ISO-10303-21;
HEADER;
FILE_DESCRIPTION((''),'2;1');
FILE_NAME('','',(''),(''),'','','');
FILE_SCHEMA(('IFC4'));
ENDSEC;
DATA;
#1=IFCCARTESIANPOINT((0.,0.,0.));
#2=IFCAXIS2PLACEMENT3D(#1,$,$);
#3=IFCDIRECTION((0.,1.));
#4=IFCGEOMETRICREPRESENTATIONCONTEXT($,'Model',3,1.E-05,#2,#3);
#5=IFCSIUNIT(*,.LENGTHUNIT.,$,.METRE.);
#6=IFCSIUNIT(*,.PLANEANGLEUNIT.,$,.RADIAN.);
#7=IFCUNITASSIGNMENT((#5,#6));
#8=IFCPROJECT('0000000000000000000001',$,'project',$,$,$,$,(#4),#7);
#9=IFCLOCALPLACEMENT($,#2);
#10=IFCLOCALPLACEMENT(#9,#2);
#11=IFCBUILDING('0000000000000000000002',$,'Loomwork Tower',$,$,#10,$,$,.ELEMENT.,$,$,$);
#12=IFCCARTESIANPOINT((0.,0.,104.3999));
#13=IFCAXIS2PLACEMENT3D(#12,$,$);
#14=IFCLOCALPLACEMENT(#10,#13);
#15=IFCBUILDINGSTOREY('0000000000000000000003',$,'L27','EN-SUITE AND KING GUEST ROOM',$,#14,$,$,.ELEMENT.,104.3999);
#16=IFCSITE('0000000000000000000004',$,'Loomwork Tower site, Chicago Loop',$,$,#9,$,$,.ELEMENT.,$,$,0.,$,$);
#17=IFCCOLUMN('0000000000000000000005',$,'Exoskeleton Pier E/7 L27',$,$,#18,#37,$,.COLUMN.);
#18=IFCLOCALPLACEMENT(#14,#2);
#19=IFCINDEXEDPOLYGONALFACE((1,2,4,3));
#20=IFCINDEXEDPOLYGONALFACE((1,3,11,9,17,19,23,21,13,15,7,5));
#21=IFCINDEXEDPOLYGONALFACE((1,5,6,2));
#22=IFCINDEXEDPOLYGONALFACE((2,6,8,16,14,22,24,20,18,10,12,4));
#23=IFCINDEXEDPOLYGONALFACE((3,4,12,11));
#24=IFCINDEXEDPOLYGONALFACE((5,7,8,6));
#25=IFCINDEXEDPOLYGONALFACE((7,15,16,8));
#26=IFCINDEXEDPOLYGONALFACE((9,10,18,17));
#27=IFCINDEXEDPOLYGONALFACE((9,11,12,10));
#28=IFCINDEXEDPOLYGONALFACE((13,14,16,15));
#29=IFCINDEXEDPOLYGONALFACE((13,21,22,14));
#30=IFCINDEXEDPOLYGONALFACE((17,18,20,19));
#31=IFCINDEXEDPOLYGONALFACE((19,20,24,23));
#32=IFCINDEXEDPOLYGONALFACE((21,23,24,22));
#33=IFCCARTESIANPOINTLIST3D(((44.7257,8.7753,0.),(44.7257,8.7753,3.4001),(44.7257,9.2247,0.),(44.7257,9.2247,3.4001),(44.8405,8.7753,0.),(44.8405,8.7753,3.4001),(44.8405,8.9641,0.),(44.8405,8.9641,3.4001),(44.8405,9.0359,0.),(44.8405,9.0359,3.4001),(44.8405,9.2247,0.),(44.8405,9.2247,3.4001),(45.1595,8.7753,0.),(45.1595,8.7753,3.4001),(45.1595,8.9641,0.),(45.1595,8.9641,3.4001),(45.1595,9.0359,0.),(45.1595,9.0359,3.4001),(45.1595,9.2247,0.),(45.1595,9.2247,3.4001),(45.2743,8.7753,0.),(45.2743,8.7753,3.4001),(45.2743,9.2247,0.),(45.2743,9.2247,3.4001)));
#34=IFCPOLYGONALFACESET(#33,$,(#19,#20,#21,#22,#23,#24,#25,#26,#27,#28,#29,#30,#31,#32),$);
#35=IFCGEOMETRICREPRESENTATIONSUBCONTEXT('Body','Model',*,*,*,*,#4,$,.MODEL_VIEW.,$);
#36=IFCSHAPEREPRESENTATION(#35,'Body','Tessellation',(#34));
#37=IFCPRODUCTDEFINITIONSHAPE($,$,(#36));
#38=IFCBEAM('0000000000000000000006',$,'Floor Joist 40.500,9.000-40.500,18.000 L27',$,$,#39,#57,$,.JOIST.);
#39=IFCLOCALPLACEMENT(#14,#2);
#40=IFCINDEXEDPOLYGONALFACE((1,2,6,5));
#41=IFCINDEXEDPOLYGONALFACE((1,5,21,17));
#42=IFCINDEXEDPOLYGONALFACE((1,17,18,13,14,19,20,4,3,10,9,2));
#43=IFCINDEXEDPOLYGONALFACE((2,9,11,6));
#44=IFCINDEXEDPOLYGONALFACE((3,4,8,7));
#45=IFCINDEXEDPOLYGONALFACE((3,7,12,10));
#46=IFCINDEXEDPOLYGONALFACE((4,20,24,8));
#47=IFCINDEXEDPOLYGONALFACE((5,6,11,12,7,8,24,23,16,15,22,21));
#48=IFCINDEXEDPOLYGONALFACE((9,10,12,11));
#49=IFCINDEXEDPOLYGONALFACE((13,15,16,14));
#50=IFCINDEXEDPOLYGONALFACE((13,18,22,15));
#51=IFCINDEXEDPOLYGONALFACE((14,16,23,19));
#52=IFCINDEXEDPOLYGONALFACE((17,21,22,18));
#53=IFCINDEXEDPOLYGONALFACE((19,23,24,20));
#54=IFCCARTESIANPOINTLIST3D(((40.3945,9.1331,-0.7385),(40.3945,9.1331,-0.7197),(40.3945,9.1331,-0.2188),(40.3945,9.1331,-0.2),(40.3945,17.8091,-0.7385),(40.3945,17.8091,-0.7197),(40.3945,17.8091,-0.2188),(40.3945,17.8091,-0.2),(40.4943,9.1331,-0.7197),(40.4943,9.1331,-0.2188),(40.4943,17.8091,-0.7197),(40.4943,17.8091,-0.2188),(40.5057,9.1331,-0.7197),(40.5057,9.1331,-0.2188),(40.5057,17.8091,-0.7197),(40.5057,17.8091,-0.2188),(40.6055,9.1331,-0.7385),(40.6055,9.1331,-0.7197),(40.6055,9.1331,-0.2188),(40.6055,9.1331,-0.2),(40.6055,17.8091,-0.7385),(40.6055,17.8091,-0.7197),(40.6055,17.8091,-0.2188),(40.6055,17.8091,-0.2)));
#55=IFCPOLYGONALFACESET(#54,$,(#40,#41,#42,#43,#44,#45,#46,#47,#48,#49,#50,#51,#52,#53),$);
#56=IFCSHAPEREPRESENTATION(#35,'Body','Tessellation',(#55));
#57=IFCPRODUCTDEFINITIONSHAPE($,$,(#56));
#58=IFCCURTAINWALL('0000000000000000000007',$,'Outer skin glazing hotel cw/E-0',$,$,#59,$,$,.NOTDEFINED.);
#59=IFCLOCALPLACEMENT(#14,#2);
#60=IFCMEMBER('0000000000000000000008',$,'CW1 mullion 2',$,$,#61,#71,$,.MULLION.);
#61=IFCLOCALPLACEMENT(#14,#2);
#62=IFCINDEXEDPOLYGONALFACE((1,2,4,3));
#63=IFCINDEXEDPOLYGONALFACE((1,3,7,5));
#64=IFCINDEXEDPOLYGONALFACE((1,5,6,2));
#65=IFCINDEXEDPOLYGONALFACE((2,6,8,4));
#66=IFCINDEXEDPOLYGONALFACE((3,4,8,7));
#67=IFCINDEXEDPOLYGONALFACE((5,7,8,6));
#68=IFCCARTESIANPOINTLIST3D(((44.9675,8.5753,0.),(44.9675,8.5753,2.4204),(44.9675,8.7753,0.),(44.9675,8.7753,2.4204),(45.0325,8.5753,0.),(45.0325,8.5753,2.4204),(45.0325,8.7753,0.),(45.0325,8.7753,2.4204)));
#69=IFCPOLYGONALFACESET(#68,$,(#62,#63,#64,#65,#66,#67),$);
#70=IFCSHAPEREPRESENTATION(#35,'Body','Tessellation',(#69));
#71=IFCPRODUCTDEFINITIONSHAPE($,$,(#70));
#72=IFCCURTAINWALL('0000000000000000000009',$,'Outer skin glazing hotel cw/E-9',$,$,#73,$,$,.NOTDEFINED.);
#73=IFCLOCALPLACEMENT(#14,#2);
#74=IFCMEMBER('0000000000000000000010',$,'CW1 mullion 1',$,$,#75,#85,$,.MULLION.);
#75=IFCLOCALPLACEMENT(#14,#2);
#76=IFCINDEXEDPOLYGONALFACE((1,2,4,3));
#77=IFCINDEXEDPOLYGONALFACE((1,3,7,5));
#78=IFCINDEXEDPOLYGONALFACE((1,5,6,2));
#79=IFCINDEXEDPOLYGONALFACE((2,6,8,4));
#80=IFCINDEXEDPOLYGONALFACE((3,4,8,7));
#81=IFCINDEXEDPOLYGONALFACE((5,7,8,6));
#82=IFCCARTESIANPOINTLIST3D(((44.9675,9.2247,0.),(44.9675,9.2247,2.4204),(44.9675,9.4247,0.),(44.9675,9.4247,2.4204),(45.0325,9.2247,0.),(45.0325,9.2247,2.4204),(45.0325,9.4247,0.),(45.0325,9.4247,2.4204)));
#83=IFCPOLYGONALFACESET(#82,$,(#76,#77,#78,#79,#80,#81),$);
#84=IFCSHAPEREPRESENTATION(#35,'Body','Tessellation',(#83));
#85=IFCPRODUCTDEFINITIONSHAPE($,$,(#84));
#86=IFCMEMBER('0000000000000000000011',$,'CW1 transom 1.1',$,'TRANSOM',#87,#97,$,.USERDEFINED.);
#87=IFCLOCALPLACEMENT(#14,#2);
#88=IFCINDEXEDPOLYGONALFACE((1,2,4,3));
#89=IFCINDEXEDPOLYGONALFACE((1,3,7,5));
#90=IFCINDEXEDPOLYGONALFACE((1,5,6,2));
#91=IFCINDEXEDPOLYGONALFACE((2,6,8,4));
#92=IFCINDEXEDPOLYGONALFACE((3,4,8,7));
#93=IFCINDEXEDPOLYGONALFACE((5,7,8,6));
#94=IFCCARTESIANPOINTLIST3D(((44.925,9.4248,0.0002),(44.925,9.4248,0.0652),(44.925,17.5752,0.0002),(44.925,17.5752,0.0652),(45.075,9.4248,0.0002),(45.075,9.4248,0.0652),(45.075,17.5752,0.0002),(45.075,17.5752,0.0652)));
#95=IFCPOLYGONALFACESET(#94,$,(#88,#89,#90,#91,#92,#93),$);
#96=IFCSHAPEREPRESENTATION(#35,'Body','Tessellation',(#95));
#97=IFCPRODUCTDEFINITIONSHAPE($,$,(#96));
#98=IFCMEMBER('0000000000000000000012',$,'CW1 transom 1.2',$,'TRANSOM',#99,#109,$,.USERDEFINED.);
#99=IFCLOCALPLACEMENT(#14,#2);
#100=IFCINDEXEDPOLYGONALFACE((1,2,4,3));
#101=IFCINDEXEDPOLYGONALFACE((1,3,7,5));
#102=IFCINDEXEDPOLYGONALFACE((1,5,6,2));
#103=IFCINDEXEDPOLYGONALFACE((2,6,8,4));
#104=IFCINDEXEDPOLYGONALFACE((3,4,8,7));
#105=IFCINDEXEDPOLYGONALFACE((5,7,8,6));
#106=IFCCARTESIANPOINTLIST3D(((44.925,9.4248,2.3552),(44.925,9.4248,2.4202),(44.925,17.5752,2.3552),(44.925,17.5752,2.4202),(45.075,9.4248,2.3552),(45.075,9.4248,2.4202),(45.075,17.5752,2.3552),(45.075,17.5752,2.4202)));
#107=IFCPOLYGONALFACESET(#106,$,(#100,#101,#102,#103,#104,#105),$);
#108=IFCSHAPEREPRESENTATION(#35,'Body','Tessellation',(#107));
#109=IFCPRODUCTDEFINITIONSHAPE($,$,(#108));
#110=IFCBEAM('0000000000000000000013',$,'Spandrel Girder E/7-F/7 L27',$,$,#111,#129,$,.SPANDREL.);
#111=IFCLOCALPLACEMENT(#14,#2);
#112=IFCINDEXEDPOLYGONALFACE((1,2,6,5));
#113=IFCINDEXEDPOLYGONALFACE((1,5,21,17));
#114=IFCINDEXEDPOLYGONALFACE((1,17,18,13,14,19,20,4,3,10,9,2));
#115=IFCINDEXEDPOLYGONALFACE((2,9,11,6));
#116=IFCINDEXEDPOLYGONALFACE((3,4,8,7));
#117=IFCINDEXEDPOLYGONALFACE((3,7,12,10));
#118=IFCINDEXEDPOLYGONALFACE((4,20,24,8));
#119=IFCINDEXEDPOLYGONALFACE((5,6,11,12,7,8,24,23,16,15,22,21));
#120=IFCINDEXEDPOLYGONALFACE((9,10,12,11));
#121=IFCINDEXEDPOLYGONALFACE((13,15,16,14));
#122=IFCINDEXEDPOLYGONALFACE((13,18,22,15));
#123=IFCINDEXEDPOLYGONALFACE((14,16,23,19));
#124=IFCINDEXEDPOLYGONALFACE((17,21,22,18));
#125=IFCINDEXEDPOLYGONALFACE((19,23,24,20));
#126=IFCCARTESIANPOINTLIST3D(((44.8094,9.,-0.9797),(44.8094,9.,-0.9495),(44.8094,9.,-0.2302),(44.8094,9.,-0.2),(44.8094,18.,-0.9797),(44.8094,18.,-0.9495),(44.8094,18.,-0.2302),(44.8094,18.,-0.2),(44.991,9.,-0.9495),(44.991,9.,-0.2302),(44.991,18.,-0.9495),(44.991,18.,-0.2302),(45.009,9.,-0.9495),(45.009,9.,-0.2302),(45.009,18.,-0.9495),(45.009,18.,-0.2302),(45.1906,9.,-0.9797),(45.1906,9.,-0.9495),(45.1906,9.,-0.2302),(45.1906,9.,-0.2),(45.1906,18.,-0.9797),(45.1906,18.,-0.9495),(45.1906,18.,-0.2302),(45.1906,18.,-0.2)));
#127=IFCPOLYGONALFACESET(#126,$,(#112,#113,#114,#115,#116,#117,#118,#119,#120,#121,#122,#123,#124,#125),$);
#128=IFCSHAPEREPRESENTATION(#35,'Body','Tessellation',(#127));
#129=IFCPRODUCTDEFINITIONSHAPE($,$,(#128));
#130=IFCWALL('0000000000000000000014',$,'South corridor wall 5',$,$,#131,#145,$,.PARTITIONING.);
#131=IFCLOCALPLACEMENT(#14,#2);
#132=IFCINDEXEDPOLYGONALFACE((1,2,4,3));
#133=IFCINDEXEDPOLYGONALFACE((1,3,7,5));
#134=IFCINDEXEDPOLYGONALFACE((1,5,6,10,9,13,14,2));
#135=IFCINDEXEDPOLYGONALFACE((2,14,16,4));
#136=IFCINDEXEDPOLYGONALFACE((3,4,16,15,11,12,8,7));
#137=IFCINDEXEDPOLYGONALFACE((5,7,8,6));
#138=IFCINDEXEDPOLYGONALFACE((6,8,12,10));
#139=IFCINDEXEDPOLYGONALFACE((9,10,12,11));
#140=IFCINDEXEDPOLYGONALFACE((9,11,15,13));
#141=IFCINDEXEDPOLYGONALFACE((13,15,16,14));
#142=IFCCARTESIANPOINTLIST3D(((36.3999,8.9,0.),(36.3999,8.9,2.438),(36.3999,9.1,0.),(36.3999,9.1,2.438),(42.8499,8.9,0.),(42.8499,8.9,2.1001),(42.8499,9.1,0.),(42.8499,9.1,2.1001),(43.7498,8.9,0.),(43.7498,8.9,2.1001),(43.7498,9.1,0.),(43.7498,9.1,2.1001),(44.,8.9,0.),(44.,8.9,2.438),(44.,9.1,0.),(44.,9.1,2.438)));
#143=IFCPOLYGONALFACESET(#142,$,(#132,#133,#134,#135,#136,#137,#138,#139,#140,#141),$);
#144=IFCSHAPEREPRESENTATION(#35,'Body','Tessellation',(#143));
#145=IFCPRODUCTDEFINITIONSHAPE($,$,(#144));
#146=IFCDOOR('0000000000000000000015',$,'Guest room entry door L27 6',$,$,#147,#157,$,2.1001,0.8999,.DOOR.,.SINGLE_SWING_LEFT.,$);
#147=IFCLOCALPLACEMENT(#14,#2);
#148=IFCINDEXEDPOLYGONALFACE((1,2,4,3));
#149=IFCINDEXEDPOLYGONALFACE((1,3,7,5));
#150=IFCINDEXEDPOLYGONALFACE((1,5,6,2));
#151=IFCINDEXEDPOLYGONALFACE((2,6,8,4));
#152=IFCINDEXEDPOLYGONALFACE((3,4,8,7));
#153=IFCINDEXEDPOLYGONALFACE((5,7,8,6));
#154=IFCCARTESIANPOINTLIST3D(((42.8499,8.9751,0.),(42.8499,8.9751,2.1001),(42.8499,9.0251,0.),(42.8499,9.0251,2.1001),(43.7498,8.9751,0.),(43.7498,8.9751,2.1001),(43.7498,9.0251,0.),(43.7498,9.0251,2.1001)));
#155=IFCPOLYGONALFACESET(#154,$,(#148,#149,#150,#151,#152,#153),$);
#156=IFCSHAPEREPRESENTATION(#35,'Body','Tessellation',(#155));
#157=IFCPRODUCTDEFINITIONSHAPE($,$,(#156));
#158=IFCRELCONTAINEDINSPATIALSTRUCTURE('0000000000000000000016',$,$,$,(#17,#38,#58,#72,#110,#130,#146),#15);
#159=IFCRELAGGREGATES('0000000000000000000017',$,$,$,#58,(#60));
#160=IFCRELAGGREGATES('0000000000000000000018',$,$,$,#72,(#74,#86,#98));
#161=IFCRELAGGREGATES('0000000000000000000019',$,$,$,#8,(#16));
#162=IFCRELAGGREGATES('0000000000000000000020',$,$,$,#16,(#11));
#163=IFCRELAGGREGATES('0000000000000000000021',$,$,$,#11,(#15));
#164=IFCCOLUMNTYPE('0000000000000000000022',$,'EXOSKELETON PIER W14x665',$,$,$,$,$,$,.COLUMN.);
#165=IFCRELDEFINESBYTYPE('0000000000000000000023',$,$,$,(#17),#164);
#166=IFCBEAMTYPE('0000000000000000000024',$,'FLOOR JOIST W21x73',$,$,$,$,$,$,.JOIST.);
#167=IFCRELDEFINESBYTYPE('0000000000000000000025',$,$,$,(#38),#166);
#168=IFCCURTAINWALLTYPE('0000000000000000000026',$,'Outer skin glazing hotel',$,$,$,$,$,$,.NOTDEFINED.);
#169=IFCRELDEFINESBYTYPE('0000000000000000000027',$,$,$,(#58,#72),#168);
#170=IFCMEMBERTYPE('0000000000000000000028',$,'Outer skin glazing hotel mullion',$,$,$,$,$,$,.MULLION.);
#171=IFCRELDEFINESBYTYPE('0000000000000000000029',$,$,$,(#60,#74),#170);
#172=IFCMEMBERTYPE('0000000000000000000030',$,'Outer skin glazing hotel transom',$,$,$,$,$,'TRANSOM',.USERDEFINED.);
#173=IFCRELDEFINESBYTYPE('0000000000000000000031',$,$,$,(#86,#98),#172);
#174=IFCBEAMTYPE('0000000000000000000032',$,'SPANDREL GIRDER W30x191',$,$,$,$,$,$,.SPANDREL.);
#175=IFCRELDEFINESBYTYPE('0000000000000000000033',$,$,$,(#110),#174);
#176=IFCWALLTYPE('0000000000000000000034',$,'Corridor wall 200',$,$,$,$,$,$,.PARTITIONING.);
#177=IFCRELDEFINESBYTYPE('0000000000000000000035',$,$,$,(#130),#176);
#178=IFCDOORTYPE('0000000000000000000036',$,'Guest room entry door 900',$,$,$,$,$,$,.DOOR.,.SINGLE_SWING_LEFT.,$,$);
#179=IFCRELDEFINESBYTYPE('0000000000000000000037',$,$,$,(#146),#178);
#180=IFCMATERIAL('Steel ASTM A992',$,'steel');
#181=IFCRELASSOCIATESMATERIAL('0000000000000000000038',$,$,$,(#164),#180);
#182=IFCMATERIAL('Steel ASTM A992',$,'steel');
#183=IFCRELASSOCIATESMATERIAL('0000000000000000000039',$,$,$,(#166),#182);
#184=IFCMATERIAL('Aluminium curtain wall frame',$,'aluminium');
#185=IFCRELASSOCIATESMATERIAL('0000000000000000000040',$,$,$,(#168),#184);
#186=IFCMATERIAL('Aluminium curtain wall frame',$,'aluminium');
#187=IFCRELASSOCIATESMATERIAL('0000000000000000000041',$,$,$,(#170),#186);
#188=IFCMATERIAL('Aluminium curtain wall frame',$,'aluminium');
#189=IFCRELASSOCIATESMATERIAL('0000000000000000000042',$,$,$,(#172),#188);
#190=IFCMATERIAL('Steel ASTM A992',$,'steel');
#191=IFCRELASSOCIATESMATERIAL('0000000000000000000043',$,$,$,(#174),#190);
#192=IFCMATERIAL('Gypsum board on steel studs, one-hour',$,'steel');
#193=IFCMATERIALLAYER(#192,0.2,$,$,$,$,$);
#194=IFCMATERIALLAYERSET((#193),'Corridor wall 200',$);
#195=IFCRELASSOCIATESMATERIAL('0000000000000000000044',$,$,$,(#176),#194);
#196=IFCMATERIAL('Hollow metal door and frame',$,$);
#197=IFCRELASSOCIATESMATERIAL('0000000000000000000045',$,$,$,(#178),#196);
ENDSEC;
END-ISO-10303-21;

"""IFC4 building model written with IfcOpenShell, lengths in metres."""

from ifc_helpers import new_model, si_unit, direction, frame, frame_2d, origin, origin_2d, place, context, subcontext, project, spatial, rectangle, i_section, extrude, material, layer, layer_set, material_profile, profile_set, type_object, element, fill, aggregate, save


model = new_model("IFC4")

# Units and contexts
model_context = context("Model", 3, precision=1e-05, world=origin(), true_north=direction((0.0, 1.0)))
body_context = subcontext(model_context, "Body", "Model", "MODEL_VIEW")
ifc_project = project(units=[si_unit("LENGTHUNIT", "METRE"), si_unit("PLANEANGLEUNIT", "RADIAN")], contexts=[model_context])

# Site, building, storey
site_placement = place(None, origin())
site = spatial("IfcSite", under=ifc_project, at=site_placement, Name="Loomwork Tower site, Chicago Loop", CompositionType="ELEMENT", RefElevation=0.0)
building_placement = place(site_placement, origin())
building = spatial("IfcBuilding", under=site, at=building_placement, Name="Loomwork Tower", CompositionType="ELEMENT")
storey_placement = place(building_placement, frame((0.0, 0.0, 104.3999)))
storey = spatial("IfcBuildingStorey", under=building, at=storey_placement, Name="L27", Description="EN-SUITE AND KING GUEST ROOM", CompositionType="ELEMENT", Elevation=104.3999)

# Column
ifc_material_1 = material(Name="Steel ASTM A992", Category="steel")
ifc_material_profile_1 = material_profile(ifc_material_1, i_section(OverallWidth=0.4495, OverallDepth=0.5486, WebThickness=0.0718, FlangeThickness=0.1147, at=origin_2d()), Name="W14x665")
ifc_profile_set_1 = profile_set([ifc_material_profile_1], Name="Steel ASTM A992")
column_type = type_object("IfcColumnType", Name="EXOSKELETON PIER W14x665", PredefinedType="COLUMN", material=ifc_profile_set_1)
column_placement = place(storey_placement, frame((45.0, 9.0, 0.0), z_axis=(0.0, 0.0, 1.0), x_axis=(0.0, 1.0, 0.0)))
element("IfcColumn", 1, at=column_placement, inside=storey, type_object=column_type, Name="Exoskeleton Pier E/7 L27", PredefinedType="COLUMN", context=body_context, shape_type="SweptSolid", body=[
    extrude(i_section(OverallWidth=0.4495, OverallDepth=0.5486, WebThickness=0.0718, FlangeThickness=0.1147, at=origin_2d()), origin(), (0.0, 0.0, 1.0), 3.4001),
])

# Beam
ifc_material_2 = material(Name="Steel ASTM A992", Category="steel")
ifc_material_profile_2 = material_profile(ifc_material_2, i_section(OverallWidth=0.2109, OverallDepth=0.5386, WebThickness=0.0115, FlangeThickness=0.0188, at=origin_2d()), Name="W21x73")
ifc_profile_set_2 = profile_set([ifc_material_profile_2], Name="Steel ASTM A992")
beam_type_1 = type_object("IfcBeamType", Name="FLOOR JOIST W21x73", PredefinedType="JOIST", material=ifc_profile_set_2)
beam_1_placement = place(storey_placement, frame((40.5, 9.1331, -0.4692), z_axis=(0.0, 1.0, 0.0), x_axis=(-1.0, 0.0, 0.0)))
element("IfcBeam", 2, at=beam_1_placement, inside=storey, type_object=beam_type_1, Name="Floor Joist 40.500,9.000-40.500,18.000 L27", PredefinedType="JOIST", context=body_context, shape_type="SweptSolid", body=[
    extrude(i_section(OverallWidth=0.2109, OverallDepth=0.5386, WebThickness=0.0115, FlangeThickness=0.0188, at=origin_2d()), origin(), (0.0, 0.0, 1.0), 8.676),
])

# Curtain wall, member
ifc_material_3 = material(Name="Aluminium curtain wall frame", Category="aluminium")
curtain_wall_type = type_object("IfcCurtainWallType", Name="Outer skin glazing hotel", PredefinedType="NOTDEFINED", material=ifc_material_3)
curtain_wall_1_placement = place(storey_placement, origin())
curtain_wall_1 = element("IfcCurtainWall", 3, at=curtain_wall_1_placement, inside=storey, type_object=curtain_wall_type, Name="Outer skin glazing hotel cw/E-0", PredefinedType="NOTDEFINED")
ifc_material_4 = material(Name="Aluminium curtain wall frame", Category="aluminium")
ifc_material_profile_3 = material_profile(ifc_material_4, rectangle(XDim=0.0649, YDim=0.2, at=origin_2d()), Name="AL 65x200")
ifc_profile_set_3 = profile_set([ifc_material_profile_3], Name="Aluminium curtain wall frame")
member_type_1 = type_object("IfcMemberType", Name="Outer skin glazing hotel mullion", PredefinedType="MULLION", material=ifc_profile_set_3)
member_1_placement = place(storey_placement, frame((45.0, 8.6753, 0.0), z_axis=(0.0, 0.0, 1.0), x_axis=(-1.0, 0.0, 0.0)))
member_1 = element("IfcMember", 4, at=member_1_placement, type_object=member_type_1, Name="CW1 mullion 2", PredefinedType="MULLION", context=body_context, shape_type="SweptSolid", body=[
    extrude(rectangle(XDim=0.0649, YDim=0.2, at=origin_2d()), origin(), (0.0, 0.0, 1.0), 2.4204),
])
aggregate(curtain_wall_1, [member_1])

# Curtain wall, members
curtain_wall_2_placement = place(storey_placement, origin())
curtain_wall_2 = element("IfcCurtainWall", 5, at=curtain_wall_2_placement, inside=storey, type_object=curtain_wall_type, Name="Outer skin glazing hotel cw/E-9", PredefinedType="NOTDEFINED")
member_2_placement = place(storey_placement, frame((45.0, 9.3247, 0.0), z_axis=(0.0, 0.0, 1.0), x_axis=(-1.0, 0.0, 0.0)))
member_2 = element("IfcMember", 6, at=member_2_placement, type_object=member_type_1, Name="CW1 mullion 1", PredefinedType="MULLION", context=body_context, shape_type="SweptSolid", body=[
    extrude(rectangle(XDim=0.0649, YDim=0.2, at=origin_2d()), origin(), (0.0, 0.0, 1.0), 2.4204),
])
ifc_material_5 = material(Name="Aluminium curtain wall frame", Category="aluminium")
ifc_material_profile_4 = material_profile(ifc_material_5, rectangle(XDim=0.1499, YDim=0.0649, at=origin_2d()), Name="AL 65x150")
ifc_profile_set_4 = profile_set([ifc_material_profile_4], Name="Aluminium curtain wall frame")
member_type_2 = type_object("IfcMemberType", Name="Outer skin glazing hotel transom", ElementType="TRANSOM", PredefinedType="USERDEFINED", material=ifc_profile_set_4)
member_3_placement = place(storey_placement, frame((45.0, 9.4248, 0.0327), z_axis=(0.0, 1.0, 0.0), x_axis=(-1.0, 0.0, 0.0)))
member_3 = element("IfcMember", 7, at=member_3_placement, type_object=member_type_2, Name="CW1 transom 1.1", ObjectType="TRANSOM", PredefinedType="USERDEFINED", context=body_context, shape_type="SweptSolid", body=[
    extrude(rectangle(XDim=0.1499, YDim=0.0649, at=origin_2d()), origin(), (0.0, 0.0, 1.0), 8.1504),
])
member_4_placement = place(storey_placement, frame((45.0, 9.4248, 2.3877), z_axis=(0.0, 1.0, 0.0), x_axis=(-1.0, 0.0, 0.0)))
member_4 = element("IfcMember", 8, at=member_4_placement, type_object=member_type_2, Name="CW1 transom 1.2", ObjectType="TRANSOM", PredefinedType="USERDEFINED", context=body_context, shape_type="SweptSolid", body=[
    extrude(rectangle(XDim=0.1499, YDim=0.0649, at=origin_2d()), origin(), (0.0, 0.0, 1.0), 8.1504),
])
aggregate(curtain_wall_2, [member_2, member_3, member_4])

# Beam
ifc_material_6 = material(Name="Steel ASTM A992", Category="steel")
ifc_material_profile_5 = material_profile(ifc_material_6, i_section(OverallWidth=0.3811, OverallDepth=0.7798, WebThickness=0.0181, FlangeThickness=0.0303, at=origin_2d()), Name="W30x191")
ifc_profile_set_5 = profile_set([ifc_material_profile_5], Name="Steel ASTM A992")
beam_type_2 = type_object("IfcBeamType", Name="SPANDREL GIRDER W30x191", PredefinedType="SPANDREL", material=ifc_profile_set_5)
beam_2_placement = place(storey_placement, frame((45.0, 9.0, -0.5898), z_axis=(0.0, 1.0, 0.0), x_axis=(-1.0, 0.0, 0.0)))
element("IfcBeam", 9, at=beam_2_placement, inside=storey, type_object=beam_type_2, Name="Spandrel Girder E/7-F/7 L27", PredefinedType="SPANDREL", context=body_context, shape_type="SweptSolid", body=[
    extrude(i_section(OverallWidth=0.3811, OverallDepth=0.7798, WebThickness=0.0181, FlangeThickness=0.0303, at=origin_2d()), origin(), (0.0, 0.0, 1.0), 9.0),
])

# Wall, opening, door
ifc_material_7 = material(Name="Gypsum board on steel studs, one-hour", Category="steel")
ifc_layer_1 = layer(ifc_material_7, 0.2)
ifc_layer_set_1 = layer_set([ifc_layer_1], Name="Corridor wall 200")
wall_type_1 = type_object("IfcWallType", Name="Corridor wall 200", PredefinedType="PARTITIONING", material=ifc_layer_set_1)
wall_1_placement = place(storey_placement, frame((36.3999, 9.0, 0.0), z_axis=(0.0, 0.0, 1.0), x_axis=(1.0, 0.0, 0.0)))
wall_1 = element("IfcWall", 10, at=wall_1_placement, inside=storey, type_object=wall_type_1, Name="South corridor wall 5", PredefinedType="PARTITIONING", context=body_context, shape_type="SweptSolid", body=[
    extrude(rectangle(XDim=7.6001, YDim=0.2, at=frame_2d((3.8, 0.0))), origin(), (0.0, 0.0, 1.0), 2.438),
])
opening_1_placement = place(wall_1_placement, frame((6.45, 0.0, 0.0)))
opening_1 = element("IfcOpeningElement", 11, at=opening_1_placement, cuts=wall_1, PredefinedType="OPENING", context=body_context, shape_type="SweptSolid", body=[
    extrude(rectangle(XDim=0.8999, YDim=2.1001, at=frame_2d((0.45, 1.05))), frame((0.0, 0.1099, 0.0), z_axis=(0.0, -1.0, 0.0), x_axis=(1.0, 0.0, 0.0)), (0.0, 0.0, 1.0), 0.22),
])
ifc_material_8 = material(Name="Hollow metal door and frame")
door_type_1 = type_object("IfcDoorType", Name="Guest room entry door 900", OperationType="SINGLE_SWING_LEFT", PredefinedType="DOOR", material=ifc_material_8)
door_1_placement = place(opening_1_placement, frame((0.8999, 0.0, 0.0), z_axis=(0.0, 0.0, 1.0), x_axis=(-1.0, 0.0, 0.0)))
door_1 = element("IfcDoor", 12, at=door_1_placement, inside=storey, type_object=door_type_1, Name="Guest room entry door L27 6", OperationType="SINGLE_SWING_LEFT", OverallHeight=2.1001, OverallWidth=0.8999, PredefinedType="DOOR", context=body_context, shape_type="SweptSolid", body=[
    extrude(rectangle(XDim=0.8999, YDim=2.1001, at=frame_2d((0.45, 1.05))), frame((0.0, 0.0249, 0.0), z_axis=(0.0, -1.0, 0.0), x_axis=(1.0, 0.0, 0.0)), (0.0, 0.0, 1.0), 0.05),
])
fill(opening_1, door_1)

save(model, "model.ifc")
